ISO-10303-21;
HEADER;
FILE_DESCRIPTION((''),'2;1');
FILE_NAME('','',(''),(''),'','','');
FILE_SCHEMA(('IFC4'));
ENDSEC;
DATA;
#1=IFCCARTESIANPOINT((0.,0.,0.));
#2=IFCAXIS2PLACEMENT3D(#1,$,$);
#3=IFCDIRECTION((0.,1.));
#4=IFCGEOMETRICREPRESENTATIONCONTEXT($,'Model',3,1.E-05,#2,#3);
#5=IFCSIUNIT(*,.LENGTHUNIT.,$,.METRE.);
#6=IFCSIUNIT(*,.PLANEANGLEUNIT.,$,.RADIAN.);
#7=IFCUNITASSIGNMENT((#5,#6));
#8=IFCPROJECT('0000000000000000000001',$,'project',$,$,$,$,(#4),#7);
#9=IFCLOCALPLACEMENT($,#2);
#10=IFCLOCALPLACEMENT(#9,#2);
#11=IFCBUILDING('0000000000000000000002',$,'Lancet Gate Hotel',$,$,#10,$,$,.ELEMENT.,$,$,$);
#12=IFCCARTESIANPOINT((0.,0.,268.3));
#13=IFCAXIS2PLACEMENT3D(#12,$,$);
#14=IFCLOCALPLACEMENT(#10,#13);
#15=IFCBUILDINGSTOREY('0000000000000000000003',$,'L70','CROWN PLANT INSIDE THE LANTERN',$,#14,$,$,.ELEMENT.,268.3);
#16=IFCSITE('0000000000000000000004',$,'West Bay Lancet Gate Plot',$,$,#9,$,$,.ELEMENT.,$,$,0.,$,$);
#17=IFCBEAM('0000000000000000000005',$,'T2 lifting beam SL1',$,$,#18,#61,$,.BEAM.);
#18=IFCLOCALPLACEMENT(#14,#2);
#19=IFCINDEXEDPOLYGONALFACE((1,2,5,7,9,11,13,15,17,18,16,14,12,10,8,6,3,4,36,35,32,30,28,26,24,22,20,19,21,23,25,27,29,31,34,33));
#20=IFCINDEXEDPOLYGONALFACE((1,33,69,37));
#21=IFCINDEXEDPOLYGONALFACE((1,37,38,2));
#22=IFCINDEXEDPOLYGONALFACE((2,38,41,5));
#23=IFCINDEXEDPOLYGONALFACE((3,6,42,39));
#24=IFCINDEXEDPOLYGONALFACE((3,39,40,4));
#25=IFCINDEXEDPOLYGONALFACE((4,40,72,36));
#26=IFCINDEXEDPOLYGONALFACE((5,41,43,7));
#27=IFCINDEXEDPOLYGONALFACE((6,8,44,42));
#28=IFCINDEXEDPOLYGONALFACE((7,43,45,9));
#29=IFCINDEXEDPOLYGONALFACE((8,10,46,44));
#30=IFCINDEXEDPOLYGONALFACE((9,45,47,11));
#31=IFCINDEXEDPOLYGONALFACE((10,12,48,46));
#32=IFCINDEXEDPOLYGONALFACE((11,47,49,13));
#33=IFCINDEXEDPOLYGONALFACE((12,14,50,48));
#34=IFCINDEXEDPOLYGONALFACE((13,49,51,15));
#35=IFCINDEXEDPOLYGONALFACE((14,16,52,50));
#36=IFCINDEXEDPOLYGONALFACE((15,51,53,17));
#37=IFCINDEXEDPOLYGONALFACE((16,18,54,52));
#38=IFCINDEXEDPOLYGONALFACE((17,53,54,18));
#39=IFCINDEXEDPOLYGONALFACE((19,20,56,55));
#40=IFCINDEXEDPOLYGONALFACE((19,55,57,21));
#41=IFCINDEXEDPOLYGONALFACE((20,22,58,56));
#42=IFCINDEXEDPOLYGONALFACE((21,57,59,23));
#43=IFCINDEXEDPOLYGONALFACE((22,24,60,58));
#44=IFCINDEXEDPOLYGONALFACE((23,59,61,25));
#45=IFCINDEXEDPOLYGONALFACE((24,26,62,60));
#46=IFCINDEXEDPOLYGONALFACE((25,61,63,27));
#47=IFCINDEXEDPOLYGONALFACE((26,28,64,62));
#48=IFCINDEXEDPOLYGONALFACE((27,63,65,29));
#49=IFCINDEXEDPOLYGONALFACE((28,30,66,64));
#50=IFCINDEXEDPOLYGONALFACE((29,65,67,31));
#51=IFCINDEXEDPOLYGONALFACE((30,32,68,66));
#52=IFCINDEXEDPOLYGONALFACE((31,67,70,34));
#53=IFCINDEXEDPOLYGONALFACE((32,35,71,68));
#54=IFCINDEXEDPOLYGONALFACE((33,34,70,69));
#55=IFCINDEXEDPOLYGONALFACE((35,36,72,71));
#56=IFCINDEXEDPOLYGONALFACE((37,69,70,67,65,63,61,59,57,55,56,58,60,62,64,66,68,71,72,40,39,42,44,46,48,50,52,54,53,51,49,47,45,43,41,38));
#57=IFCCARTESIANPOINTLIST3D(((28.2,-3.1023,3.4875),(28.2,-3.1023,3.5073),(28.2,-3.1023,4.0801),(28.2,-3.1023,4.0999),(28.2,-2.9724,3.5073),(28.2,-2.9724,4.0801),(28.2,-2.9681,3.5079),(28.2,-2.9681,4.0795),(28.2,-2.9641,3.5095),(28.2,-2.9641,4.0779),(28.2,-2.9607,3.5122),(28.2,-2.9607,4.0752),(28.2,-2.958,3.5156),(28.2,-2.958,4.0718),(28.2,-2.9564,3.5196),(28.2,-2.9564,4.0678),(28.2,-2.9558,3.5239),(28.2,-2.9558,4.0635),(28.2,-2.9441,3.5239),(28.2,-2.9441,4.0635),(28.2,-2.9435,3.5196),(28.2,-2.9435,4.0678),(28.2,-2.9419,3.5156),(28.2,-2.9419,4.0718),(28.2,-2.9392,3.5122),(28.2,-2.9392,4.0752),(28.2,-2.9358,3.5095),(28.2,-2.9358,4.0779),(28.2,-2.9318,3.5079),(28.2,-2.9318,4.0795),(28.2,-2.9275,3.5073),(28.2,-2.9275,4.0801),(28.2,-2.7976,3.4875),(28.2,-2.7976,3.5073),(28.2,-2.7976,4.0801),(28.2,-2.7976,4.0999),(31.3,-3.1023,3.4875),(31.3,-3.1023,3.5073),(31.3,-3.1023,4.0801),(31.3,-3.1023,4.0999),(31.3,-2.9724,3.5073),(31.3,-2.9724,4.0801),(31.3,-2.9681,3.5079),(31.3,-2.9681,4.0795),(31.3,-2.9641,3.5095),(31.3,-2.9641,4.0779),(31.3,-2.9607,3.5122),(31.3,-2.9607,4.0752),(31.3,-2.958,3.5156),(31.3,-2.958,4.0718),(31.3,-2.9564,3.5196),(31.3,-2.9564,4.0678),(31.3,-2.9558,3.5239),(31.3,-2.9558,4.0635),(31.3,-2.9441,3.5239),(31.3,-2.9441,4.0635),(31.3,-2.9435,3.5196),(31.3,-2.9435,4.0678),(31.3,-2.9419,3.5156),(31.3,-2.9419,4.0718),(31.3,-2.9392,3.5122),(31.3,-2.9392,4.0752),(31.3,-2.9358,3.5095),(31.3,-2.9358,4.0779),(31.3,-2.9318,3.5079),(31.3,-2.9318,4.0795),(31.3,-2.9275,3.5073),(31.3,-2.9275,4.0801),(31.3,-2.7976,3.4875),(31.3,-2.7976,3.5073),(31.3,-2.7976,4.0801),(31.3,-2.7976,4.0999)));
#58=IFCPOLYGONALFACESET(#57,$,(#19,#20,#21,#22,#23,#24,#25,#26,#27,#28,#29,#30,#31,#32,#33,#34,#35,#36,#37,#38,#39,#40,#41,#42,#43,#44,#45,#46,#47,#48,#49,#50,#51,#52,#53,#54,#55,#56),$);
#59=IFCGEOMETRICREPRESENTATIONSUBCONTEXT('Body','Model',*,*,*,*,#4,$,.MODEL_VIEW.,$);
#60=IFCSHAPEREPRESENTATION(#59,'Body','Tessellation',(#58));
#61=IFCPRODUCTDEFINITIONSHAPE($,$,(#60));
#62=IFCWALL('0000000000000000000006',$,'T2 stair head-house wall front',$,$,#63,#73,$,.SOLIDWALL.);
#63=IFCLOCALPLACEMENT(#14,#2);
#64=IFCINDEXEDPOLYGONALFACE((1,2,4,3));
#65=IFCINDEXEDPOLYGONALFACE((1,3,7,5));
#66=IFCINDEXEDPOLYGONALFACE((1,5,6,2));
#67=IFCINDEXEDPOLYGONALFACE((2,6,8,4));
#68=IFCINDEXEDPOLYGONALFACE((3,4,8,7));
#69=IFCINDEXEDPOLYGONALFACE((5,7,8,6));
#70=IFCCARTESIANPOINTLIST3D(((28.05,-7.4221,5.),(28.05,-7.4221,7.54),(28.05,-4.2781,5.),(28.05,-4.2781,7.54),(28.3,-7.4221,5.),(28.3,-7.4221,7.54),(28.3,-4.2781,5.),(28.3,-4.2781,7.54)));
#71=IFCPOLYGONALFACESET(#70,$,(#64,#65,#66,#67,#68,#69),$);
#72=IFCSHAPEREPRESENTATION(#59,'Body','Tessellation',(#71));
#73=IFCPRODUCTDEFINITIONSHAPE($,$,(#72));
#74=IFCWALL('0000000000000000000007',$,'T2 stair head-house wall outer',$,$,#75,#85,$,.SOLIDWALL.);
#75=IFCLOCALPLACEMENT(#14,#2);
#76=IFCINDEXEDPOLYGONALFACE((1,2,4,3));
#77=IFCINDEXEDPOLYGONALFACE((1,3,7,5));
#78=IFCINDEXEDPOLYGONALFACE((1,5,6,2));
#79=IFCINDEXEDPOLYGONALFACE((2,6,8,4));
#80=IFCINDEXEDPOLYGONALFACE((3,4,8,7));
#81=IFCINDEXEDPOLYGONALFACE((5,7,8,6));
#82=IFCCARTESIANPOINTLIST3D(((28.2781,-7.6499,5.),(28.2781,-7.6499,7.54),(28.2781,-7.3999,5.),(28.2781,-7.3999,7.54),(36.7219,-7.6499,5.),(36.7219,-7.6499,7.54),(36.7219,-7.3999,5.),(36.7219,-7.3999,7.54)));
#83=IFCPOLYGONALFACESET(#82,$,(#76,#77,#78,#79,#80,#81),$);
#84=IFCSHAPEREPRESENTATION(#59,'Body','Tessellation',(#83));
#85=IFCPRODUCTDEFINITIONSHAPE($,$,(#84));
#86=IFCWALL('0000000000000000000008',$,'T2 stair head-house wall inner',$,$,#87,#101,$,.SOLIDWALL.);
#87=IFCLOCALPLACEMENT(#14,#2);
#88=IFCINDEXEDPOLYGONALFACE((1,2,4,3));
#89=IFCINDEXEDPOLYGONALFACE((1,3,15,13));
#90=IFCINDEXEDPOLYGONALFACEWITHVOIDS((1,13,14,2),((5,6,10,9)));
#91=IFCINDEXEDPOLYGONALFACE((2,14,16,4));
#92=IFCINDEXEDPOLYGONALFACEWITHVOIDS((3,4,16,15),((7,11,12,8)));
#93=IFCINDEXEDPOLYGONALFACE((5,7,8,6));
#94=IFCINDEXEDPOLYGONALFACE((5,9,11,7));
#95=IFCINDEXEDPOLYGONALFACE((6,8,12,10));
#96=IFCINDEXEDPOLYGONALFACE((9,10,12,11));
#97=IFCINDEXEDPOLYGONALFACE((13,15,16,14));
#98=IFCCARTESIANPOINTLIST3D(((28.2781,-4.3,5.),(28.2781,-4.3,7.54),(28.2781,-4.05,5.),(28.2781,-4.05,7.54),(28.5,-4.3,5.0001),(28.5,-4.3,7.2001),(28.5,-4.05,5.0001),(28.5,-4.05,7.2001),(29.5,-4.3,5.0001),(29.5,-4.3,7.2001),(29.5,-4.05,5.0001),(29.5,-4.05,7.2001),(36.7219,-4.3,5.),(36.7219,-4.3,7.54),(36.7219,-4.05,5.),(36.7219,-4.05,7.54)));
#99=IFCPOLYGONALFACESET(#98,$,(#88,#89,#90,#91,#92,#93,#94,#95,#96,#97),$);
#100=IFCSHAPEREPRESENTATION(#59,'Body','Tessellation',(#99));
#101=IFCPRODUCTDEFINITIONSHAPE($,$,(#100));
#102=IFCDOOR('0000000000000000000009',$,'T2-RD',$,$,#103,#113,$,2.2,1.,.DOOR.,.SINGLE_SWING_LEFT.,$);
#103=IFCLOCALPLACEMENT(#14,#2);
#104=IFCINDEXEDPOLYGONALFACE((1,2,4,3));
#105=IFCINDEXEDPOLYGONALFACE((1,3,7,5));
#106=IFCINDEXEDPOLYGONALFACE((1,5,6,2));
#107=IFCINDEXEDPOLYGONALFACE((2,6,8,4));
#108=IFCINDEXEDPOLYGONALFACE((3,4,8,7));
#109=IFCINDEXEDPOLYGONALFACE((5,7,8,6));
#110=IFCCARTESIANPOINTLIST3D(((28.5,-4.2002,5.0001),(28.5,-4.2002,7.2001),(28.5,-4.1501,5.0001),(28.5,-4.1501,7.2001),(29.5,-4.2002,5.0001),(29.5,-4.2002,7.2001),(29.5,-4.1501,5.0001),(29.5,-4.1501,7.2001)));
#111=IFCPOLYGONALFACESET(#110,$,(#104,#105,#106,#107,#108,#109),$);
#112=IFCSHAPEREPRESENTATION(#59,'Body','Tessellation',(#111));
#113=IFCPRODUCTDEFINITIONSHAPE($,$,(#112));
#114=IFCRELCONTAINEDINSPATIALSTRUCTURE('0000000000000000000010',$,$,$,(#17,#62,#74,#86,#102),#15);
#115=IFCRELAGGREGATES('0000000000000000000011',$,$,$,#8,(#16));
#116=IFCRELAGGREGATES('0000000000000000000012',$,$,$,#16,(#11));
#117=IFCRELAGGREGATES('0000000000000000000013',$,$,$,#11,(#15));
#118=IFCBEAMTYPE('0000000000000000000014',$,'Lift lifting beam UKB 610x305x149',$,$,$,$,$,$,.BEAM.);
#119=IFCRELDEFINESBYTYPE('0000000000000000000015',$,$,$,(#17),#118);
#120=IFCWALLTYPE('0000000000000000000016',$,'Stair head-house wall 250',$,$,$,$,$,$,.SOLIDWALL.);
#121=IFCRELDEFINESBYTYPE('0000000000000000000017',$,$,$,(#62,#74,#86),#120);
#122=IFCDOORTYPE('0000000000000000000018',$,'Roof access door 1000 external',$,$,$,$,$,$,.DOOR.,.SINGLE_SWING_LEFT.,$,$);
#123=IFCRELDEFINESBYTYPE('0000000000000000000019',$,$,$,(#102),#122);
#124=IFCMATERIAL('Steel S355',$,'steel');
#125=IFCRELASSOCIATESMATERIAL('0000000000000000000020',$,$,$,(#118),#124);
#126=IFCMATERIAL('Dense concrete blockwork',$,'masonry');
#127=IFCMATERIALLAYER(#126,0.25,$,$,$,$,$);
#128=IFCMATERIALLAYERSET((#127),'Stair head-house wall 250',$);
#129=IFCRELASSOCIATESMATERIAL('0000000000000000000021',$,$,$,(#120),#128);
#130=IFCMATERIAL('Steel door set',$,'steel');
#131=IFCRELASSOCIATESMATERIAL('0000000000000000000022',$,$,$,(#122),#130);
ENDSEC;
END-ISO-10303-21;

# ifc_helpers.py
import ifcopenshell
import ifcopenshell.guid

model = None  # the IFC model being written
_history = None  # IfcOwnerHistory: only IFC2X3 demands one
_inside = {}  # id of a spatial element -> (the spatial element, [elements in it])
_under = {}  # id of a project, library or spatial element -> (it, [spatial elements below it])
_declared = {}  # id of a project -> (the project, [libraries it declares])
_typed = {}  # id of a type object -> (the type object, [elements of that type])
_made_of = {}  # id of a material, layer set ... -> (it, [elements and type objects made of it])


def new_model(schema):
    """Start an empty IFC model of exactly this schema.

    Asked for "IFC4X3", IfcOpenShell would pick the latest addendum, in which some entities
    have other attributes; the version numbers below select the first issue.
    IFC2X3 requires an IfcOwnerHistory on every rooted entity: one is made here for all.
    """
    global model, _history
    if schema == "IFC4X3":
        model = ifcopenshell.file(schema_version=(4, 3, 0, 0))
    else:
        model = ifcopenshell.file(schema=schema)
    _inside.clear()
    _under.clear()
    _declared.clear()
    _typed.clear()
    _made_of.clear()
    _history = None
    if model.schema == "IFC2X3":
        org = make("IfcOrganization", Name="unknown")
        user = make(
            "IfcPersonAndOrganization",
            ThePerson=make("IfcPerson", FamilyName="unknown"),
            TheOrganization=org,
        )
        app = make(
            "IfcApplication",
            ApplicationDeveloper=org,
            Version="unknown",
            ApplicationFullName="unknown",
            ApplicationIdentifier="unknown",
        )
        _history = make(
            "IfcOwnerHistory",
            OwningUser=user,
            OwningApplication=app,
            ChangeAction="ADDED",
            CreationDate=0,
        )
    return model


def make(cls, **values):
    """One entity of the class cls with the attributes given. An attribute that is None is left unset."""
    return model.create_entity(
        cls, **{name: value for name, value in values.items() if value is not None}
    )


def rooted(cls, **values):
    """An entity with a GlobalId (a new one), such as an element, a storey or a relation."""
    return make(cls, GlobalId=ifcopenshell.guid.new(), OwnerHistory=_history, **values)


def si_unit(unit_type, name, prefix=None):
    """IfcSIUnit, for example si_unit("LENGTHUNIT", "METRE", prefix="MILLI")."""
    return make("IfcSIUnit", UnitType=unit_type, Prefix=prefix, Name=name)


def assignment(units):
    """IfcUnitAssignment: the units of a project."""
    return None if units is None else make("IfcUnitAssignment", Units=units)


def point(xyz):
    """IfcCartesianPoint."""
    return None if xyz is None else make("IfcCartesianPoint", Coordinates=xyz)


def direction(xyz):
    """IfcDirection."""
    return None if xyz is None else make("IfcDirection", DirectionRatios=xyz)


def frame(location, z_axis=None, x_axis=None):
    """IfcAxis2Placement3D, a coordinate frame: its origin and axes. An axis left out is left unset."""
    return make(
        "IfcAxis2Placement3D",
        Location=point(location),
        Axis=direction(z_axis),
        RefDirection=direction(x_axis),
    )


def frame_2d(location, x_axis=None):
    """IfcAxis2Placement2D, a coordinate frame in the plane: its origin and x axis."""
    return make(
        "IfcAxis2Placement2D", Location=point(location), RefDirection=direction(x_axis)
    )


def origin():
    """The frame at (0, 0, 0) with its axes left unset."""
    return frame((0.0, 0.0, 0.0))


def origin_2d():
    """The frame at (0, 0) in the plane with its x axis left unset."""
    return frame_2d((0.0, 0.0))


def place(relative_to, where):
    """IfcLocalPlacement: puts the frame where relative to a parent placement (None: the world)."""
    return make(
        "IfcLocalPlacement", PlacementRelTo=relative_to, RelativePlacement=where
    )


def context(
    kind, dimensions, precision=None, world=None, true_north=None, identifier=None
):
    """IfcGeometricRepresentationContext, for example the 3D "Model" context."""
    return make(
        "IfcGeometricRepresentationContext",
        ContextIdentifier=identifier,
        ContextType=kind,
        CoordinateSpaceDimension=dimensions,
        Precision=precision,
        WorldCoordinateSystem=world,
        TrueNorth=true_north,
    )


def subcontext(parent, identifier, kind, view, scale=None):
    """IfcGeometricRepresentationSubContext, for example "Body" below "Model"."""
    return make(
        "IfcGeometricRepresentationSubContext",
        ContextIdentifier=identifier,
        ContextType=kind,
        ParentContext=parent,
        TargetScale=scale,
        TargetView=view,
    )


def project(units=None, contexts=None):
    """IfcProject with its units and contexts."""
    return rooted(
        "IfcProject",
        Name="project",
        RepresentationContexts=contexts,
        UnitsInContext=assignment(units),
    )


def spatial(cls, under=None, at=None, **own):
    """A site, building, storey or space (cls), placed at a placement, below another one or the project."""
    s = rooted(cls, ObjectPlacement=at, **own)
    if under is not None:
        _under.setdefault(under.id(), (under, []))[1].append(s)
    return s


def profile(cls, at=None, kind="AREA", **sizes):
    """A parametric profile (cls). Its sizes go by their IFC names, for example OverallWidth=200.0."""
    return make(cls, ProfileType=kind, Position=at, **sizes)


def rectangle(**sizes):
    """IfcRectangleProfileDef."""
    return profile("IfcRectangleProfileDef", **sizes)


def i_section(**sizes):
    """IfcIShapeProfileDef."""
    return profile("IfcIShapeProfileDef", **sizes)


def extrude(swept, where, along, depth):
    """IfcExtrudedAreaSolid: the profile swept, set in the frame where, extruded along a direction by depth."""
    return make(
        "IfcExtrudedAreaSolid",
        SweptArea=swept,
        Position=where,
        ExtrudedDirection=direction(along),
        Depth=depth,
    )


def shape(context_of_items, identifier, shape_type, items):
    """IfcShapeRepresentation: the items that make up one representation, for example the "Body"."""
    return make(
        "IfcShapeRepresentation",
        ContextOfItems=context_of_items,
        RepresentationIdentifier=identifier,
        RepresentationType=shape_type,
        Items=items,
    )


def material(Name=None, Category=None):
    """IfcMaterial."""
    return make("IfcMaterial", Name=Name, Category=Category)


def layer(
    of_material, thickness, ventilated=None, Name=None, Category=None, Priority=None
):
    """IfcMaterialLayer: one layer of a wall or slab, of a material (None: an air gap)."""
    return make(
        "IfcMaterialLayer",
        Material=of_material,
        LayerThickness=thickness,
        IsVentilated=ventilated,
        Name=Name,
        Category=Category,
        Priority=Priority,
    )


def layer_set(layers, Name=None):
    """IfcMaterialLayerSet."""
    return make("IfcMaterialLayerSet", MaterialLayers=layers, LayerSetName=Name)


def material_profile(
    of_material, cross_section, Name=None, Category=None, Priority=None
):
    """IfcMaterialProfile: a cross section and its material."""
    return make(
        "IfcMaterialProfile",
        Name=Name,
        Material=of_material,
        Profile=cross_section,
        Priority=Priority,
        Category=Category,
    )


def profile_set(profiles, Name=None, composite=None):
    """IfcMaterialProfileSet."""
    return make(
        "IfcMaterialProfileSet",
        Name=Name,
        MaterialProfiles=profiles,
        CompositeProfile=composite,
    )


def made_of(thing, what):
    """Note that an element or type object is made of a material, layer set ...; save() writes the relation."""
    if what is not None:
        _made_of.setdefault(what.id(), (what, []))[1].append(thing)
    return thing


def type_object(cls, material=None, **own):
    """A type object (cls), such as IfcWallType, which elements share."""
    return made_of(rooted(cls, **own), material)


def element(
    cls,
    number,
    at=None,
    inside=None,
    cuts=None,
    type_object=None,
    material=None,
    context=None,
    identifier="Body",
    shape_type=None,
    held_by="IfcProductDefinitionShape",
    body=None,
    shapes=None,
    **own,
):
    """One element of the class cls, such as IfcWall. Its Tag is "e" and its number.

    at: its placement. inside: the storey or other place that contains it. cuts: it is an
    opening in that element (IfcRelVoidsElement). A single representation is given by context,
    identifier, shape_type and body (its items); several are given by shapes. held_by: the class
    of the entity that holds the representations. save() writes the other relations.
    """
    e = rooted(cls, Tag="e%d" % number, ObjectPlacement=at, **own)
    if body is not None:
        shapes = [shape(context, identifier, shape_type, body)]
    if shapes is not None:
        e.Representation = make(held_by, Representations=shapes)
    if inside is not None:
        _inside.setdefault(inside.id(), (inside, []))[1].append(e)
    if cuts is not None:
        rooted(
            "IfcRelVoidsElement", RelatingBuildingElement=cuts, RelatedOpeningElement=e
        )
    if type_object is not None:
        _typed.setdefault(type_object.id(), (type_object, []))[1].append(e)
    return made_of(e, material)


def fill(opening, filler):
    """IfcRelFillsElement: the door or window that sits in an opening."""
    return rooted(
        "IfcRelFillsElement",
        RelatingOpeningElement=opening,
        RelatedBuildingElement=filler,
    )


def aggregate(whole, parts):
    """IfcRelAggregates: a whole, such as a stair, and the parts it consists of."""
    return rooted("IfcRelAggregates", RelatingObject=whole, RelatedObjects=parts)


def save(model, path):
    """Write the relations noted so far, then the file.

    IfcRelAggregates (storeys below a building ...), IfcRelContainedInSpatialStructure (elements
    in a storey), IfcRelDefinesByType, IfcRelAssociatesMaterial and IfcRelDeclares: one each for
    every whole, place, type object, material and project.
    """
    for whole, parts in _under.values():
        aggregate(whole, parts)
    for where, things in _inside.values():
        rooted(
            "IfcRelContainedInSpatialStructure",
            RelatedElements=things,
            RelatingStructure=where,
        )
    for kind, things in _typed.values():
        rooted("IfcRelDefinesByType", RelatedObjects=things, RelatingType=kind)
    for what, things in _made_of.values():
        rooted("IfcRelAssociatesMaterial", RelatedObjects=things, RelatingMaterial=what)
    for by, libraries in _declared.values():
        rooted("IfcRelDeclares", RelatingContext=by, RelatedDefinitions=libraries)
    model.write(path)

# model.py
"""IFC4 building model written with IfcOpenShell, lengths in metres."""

from ifc_helpers import new_model, si_unit, direction, frame, frame_2d, origin, origin_2d, place, context, subcontext, project, spatial, rectangle, i_section, extrude, material, layer, layer_set, material_profile, profile_set, type_object, element, fill, save


model = new_model("IFC4")

# Units and contexts
model_context = context("Model", 3, precision=1e-05, world=origin(), true_north=direction((0.0, 1.0)))
body_context = subcontext(model_context, "Body", "Model", "MODEL_VIEW")
ifc_project = project(units=[si_unit("LENGTHUNIT", "METRE"), si_unit("PLANEANGLEUNIT", "RADIAN")], contexts=[model_context])

# Site, building, storey
site_placement = place(None, origin())
site = spatial("IfcSite", under=ifc_project, at=site_placement, Name="West Bay Lancet Gate Plot", CompositionType="ELEMENT", RefElevation=0.0)
building_placement = place(site_placement, origin())
building = spatial("IfcBuilding", under=site, at=building_placement, Name="Lancet Gate Hotel", CompositionType="ELEMENT")
storey_placement = place(building_placement, frame((0.0, 0.0, 268.3)))
storey = spatial("IfcBuildingStorey", under=building, at=storey_placement, Name="L70", Description="CROWN PLANT INSIDE THE LANTERN", CompositionType="ELEMENT", Elevation=268.3)

# Beam
ifc_material_1 = material(Name="Steel S355", Category="steel")
ifc_material_profile_1 = material_profile(ifc_material_1, i_section(OverallWidth=0.3047, OverallDepth=0.6123, WebThickness=0.0117, FlangeThickness=0.0198, FilletRadius=0.0166, at=origin_2d()), Name="UKB 610x305x149")
ifc_profile_set_1 = profile_set([ifc_material_profile_1], Name="Steel S355")
beam_type_1 = type_object("IfcBeamType", Name="Lift lifting beam UKB 610x305x149", PredefinedType="BEAM", material=ifc_profile_set_1)
beam_1_placement = place(storey_placement, frame((28.2, -2.95, 3.7937), z_axis=(1.0, 0.0, 0.0), x_axis=(0.0, 1.0, 0.0)))
element("IfcBeam", 1, at=beam_1_placement, inside=storey, type_object=beam_type_1, Name="T2 lifting beam SL1", PredefinedType="BEAM", context=body_context, shape_type="SweptSolid", body=[
    extrude(i_section(OverallWidth=0.3047, OverallDepth=0.6123, WebThickness=0.0117, FlangeThickness=0.0198, FilletRadius=0.0166, at=origin_2d()), origin(), (0.0, 0.0, 1.0), 3.1001),
])

# Walls
ifc_material_2 = material(Name="Dense concrete blockwork", Category="masonry")
ifc_layer = layer(ifc_material_2, 0.25)
ifc_layer_set = layer_set([ifc_layer], Name="Stair head-house wall 250")
wall_type = type_object("IfcWallType", Name="Stair head-house wall 250", PredefinedType="SOLIDWALL", material=ifc_layer_set)
wall_1_placement = place(storey_placement, frame((28.175, -7.4221, 5.0), z_axis=(0.0, 0.0, 1.0), x_axis=(0.0, 1.0, 0.0)))
element("IfcWall", 2, at=wall_1_placement, inside=storey, type_object=wall_type, Name="T2 stair head-house wall front", PredefinedType="SOLIDWALL", context=body_context, shape_type="SweptSolid", body=[
    extrude(rectangle(XDim=3.144, YDim=0.25, at=frame_2d((1.572, 0.0))), origin(), (0.0, 0.0, 1.0), 2.54),
])
wall_2_placement = place(storey_placement, frame((28.2781, -7.5249, 5.0), z_axis=(0.0, 0.0, 1.0), x_axis=(1.0, 0.0, 0.0)))
element("IfcWall", 3, at=wall_2_placement, inside=storey, type_object=wall_type, Name="T2 stair head-house wall outer", PredefinedType="SOLIDWALL", context=body_context, shape_type="SweptSolid", body=[
    extrude(rectangle(XDim=8.4438, YDim=0.25, at=frame_2d((4.2219, 0.0))), origin(), (0.0, 0.0, 1.0), 2.54),
])

# Wall, opening, door
wall_3_placement = place(storey_placement, frame((28.2781, -4.175, 5.0), z_axis=(0.0, 0.0, 1.0), x_axis=(1.0, 0.0, 0.0)))
wall_3 = element("IfcWall", 4, at=wall_3_placement, inside=storey, type_object=wall_type, Name="T2 stair head-house wall inner", PredefinedType="SOLIDWALL", context=body_context, shape_type="SweptSolid", body=[
    extrude(rectangle(XDim=8.4438, YDim=0.25, at=frame_2d((4.2219, 0.0))), origin(), (0.0, 0.0, 1.0), 2.54),
])
opening_placement = place(wall_3_placement, frame((0.2219, 0.0, 0.0)))
opening = element("IfcOpeningElement", 5, at=opening_placement, cuts=wall_3, PredefinedType="OPENING", context=body_context, shape_type="SweptSolid", body=[
    extrude(rectangle(XDim=1.0, YDim=2.2, at=frame_2d((0.5, 1.1001))), frame((0.0, 0.135, 0.0), z_axis=(0.0, -1.0, 0.0), x_axis=(1.0, 0.0, 0.0)), (0.0, 0.0, 1.0), 0.27),
])
ifc_material_3 = material(Name="Steel door set", Category="steel")
door_type = type_object("IfcDoorType", Name="Roof access door 1000 external", OperationType="SINGLE_SWING_LEFT", PredefinedType="DOOR", material=ifc_material_3)
door_placement = place(opening_placement, origin())
door = element("IfcDoor", 6, at=door_placement, inside=storey, type_object=door_type, Name="T2-RD", OperationType="SINGLE_SWING_LEFT", OverallHeight=2.2, OverallWidth=1.0, PredefinedType="DOOR", context=body_context, shape_type="SweptSolid", body=[
    extrude(rectangle(XDim=1.0, YDim=2.2, at=frame_2d((0.5, 1.1001))), frame((0.0, 0.0249, 0.0), z_axis=(0.0, -1.0, 0.0), x_axis=(1.0, 0.0, 0.0)), (0.0, 0.0, 1.0), 0.05),
])
fill(opening, door)

save(model, "model.ifc")
